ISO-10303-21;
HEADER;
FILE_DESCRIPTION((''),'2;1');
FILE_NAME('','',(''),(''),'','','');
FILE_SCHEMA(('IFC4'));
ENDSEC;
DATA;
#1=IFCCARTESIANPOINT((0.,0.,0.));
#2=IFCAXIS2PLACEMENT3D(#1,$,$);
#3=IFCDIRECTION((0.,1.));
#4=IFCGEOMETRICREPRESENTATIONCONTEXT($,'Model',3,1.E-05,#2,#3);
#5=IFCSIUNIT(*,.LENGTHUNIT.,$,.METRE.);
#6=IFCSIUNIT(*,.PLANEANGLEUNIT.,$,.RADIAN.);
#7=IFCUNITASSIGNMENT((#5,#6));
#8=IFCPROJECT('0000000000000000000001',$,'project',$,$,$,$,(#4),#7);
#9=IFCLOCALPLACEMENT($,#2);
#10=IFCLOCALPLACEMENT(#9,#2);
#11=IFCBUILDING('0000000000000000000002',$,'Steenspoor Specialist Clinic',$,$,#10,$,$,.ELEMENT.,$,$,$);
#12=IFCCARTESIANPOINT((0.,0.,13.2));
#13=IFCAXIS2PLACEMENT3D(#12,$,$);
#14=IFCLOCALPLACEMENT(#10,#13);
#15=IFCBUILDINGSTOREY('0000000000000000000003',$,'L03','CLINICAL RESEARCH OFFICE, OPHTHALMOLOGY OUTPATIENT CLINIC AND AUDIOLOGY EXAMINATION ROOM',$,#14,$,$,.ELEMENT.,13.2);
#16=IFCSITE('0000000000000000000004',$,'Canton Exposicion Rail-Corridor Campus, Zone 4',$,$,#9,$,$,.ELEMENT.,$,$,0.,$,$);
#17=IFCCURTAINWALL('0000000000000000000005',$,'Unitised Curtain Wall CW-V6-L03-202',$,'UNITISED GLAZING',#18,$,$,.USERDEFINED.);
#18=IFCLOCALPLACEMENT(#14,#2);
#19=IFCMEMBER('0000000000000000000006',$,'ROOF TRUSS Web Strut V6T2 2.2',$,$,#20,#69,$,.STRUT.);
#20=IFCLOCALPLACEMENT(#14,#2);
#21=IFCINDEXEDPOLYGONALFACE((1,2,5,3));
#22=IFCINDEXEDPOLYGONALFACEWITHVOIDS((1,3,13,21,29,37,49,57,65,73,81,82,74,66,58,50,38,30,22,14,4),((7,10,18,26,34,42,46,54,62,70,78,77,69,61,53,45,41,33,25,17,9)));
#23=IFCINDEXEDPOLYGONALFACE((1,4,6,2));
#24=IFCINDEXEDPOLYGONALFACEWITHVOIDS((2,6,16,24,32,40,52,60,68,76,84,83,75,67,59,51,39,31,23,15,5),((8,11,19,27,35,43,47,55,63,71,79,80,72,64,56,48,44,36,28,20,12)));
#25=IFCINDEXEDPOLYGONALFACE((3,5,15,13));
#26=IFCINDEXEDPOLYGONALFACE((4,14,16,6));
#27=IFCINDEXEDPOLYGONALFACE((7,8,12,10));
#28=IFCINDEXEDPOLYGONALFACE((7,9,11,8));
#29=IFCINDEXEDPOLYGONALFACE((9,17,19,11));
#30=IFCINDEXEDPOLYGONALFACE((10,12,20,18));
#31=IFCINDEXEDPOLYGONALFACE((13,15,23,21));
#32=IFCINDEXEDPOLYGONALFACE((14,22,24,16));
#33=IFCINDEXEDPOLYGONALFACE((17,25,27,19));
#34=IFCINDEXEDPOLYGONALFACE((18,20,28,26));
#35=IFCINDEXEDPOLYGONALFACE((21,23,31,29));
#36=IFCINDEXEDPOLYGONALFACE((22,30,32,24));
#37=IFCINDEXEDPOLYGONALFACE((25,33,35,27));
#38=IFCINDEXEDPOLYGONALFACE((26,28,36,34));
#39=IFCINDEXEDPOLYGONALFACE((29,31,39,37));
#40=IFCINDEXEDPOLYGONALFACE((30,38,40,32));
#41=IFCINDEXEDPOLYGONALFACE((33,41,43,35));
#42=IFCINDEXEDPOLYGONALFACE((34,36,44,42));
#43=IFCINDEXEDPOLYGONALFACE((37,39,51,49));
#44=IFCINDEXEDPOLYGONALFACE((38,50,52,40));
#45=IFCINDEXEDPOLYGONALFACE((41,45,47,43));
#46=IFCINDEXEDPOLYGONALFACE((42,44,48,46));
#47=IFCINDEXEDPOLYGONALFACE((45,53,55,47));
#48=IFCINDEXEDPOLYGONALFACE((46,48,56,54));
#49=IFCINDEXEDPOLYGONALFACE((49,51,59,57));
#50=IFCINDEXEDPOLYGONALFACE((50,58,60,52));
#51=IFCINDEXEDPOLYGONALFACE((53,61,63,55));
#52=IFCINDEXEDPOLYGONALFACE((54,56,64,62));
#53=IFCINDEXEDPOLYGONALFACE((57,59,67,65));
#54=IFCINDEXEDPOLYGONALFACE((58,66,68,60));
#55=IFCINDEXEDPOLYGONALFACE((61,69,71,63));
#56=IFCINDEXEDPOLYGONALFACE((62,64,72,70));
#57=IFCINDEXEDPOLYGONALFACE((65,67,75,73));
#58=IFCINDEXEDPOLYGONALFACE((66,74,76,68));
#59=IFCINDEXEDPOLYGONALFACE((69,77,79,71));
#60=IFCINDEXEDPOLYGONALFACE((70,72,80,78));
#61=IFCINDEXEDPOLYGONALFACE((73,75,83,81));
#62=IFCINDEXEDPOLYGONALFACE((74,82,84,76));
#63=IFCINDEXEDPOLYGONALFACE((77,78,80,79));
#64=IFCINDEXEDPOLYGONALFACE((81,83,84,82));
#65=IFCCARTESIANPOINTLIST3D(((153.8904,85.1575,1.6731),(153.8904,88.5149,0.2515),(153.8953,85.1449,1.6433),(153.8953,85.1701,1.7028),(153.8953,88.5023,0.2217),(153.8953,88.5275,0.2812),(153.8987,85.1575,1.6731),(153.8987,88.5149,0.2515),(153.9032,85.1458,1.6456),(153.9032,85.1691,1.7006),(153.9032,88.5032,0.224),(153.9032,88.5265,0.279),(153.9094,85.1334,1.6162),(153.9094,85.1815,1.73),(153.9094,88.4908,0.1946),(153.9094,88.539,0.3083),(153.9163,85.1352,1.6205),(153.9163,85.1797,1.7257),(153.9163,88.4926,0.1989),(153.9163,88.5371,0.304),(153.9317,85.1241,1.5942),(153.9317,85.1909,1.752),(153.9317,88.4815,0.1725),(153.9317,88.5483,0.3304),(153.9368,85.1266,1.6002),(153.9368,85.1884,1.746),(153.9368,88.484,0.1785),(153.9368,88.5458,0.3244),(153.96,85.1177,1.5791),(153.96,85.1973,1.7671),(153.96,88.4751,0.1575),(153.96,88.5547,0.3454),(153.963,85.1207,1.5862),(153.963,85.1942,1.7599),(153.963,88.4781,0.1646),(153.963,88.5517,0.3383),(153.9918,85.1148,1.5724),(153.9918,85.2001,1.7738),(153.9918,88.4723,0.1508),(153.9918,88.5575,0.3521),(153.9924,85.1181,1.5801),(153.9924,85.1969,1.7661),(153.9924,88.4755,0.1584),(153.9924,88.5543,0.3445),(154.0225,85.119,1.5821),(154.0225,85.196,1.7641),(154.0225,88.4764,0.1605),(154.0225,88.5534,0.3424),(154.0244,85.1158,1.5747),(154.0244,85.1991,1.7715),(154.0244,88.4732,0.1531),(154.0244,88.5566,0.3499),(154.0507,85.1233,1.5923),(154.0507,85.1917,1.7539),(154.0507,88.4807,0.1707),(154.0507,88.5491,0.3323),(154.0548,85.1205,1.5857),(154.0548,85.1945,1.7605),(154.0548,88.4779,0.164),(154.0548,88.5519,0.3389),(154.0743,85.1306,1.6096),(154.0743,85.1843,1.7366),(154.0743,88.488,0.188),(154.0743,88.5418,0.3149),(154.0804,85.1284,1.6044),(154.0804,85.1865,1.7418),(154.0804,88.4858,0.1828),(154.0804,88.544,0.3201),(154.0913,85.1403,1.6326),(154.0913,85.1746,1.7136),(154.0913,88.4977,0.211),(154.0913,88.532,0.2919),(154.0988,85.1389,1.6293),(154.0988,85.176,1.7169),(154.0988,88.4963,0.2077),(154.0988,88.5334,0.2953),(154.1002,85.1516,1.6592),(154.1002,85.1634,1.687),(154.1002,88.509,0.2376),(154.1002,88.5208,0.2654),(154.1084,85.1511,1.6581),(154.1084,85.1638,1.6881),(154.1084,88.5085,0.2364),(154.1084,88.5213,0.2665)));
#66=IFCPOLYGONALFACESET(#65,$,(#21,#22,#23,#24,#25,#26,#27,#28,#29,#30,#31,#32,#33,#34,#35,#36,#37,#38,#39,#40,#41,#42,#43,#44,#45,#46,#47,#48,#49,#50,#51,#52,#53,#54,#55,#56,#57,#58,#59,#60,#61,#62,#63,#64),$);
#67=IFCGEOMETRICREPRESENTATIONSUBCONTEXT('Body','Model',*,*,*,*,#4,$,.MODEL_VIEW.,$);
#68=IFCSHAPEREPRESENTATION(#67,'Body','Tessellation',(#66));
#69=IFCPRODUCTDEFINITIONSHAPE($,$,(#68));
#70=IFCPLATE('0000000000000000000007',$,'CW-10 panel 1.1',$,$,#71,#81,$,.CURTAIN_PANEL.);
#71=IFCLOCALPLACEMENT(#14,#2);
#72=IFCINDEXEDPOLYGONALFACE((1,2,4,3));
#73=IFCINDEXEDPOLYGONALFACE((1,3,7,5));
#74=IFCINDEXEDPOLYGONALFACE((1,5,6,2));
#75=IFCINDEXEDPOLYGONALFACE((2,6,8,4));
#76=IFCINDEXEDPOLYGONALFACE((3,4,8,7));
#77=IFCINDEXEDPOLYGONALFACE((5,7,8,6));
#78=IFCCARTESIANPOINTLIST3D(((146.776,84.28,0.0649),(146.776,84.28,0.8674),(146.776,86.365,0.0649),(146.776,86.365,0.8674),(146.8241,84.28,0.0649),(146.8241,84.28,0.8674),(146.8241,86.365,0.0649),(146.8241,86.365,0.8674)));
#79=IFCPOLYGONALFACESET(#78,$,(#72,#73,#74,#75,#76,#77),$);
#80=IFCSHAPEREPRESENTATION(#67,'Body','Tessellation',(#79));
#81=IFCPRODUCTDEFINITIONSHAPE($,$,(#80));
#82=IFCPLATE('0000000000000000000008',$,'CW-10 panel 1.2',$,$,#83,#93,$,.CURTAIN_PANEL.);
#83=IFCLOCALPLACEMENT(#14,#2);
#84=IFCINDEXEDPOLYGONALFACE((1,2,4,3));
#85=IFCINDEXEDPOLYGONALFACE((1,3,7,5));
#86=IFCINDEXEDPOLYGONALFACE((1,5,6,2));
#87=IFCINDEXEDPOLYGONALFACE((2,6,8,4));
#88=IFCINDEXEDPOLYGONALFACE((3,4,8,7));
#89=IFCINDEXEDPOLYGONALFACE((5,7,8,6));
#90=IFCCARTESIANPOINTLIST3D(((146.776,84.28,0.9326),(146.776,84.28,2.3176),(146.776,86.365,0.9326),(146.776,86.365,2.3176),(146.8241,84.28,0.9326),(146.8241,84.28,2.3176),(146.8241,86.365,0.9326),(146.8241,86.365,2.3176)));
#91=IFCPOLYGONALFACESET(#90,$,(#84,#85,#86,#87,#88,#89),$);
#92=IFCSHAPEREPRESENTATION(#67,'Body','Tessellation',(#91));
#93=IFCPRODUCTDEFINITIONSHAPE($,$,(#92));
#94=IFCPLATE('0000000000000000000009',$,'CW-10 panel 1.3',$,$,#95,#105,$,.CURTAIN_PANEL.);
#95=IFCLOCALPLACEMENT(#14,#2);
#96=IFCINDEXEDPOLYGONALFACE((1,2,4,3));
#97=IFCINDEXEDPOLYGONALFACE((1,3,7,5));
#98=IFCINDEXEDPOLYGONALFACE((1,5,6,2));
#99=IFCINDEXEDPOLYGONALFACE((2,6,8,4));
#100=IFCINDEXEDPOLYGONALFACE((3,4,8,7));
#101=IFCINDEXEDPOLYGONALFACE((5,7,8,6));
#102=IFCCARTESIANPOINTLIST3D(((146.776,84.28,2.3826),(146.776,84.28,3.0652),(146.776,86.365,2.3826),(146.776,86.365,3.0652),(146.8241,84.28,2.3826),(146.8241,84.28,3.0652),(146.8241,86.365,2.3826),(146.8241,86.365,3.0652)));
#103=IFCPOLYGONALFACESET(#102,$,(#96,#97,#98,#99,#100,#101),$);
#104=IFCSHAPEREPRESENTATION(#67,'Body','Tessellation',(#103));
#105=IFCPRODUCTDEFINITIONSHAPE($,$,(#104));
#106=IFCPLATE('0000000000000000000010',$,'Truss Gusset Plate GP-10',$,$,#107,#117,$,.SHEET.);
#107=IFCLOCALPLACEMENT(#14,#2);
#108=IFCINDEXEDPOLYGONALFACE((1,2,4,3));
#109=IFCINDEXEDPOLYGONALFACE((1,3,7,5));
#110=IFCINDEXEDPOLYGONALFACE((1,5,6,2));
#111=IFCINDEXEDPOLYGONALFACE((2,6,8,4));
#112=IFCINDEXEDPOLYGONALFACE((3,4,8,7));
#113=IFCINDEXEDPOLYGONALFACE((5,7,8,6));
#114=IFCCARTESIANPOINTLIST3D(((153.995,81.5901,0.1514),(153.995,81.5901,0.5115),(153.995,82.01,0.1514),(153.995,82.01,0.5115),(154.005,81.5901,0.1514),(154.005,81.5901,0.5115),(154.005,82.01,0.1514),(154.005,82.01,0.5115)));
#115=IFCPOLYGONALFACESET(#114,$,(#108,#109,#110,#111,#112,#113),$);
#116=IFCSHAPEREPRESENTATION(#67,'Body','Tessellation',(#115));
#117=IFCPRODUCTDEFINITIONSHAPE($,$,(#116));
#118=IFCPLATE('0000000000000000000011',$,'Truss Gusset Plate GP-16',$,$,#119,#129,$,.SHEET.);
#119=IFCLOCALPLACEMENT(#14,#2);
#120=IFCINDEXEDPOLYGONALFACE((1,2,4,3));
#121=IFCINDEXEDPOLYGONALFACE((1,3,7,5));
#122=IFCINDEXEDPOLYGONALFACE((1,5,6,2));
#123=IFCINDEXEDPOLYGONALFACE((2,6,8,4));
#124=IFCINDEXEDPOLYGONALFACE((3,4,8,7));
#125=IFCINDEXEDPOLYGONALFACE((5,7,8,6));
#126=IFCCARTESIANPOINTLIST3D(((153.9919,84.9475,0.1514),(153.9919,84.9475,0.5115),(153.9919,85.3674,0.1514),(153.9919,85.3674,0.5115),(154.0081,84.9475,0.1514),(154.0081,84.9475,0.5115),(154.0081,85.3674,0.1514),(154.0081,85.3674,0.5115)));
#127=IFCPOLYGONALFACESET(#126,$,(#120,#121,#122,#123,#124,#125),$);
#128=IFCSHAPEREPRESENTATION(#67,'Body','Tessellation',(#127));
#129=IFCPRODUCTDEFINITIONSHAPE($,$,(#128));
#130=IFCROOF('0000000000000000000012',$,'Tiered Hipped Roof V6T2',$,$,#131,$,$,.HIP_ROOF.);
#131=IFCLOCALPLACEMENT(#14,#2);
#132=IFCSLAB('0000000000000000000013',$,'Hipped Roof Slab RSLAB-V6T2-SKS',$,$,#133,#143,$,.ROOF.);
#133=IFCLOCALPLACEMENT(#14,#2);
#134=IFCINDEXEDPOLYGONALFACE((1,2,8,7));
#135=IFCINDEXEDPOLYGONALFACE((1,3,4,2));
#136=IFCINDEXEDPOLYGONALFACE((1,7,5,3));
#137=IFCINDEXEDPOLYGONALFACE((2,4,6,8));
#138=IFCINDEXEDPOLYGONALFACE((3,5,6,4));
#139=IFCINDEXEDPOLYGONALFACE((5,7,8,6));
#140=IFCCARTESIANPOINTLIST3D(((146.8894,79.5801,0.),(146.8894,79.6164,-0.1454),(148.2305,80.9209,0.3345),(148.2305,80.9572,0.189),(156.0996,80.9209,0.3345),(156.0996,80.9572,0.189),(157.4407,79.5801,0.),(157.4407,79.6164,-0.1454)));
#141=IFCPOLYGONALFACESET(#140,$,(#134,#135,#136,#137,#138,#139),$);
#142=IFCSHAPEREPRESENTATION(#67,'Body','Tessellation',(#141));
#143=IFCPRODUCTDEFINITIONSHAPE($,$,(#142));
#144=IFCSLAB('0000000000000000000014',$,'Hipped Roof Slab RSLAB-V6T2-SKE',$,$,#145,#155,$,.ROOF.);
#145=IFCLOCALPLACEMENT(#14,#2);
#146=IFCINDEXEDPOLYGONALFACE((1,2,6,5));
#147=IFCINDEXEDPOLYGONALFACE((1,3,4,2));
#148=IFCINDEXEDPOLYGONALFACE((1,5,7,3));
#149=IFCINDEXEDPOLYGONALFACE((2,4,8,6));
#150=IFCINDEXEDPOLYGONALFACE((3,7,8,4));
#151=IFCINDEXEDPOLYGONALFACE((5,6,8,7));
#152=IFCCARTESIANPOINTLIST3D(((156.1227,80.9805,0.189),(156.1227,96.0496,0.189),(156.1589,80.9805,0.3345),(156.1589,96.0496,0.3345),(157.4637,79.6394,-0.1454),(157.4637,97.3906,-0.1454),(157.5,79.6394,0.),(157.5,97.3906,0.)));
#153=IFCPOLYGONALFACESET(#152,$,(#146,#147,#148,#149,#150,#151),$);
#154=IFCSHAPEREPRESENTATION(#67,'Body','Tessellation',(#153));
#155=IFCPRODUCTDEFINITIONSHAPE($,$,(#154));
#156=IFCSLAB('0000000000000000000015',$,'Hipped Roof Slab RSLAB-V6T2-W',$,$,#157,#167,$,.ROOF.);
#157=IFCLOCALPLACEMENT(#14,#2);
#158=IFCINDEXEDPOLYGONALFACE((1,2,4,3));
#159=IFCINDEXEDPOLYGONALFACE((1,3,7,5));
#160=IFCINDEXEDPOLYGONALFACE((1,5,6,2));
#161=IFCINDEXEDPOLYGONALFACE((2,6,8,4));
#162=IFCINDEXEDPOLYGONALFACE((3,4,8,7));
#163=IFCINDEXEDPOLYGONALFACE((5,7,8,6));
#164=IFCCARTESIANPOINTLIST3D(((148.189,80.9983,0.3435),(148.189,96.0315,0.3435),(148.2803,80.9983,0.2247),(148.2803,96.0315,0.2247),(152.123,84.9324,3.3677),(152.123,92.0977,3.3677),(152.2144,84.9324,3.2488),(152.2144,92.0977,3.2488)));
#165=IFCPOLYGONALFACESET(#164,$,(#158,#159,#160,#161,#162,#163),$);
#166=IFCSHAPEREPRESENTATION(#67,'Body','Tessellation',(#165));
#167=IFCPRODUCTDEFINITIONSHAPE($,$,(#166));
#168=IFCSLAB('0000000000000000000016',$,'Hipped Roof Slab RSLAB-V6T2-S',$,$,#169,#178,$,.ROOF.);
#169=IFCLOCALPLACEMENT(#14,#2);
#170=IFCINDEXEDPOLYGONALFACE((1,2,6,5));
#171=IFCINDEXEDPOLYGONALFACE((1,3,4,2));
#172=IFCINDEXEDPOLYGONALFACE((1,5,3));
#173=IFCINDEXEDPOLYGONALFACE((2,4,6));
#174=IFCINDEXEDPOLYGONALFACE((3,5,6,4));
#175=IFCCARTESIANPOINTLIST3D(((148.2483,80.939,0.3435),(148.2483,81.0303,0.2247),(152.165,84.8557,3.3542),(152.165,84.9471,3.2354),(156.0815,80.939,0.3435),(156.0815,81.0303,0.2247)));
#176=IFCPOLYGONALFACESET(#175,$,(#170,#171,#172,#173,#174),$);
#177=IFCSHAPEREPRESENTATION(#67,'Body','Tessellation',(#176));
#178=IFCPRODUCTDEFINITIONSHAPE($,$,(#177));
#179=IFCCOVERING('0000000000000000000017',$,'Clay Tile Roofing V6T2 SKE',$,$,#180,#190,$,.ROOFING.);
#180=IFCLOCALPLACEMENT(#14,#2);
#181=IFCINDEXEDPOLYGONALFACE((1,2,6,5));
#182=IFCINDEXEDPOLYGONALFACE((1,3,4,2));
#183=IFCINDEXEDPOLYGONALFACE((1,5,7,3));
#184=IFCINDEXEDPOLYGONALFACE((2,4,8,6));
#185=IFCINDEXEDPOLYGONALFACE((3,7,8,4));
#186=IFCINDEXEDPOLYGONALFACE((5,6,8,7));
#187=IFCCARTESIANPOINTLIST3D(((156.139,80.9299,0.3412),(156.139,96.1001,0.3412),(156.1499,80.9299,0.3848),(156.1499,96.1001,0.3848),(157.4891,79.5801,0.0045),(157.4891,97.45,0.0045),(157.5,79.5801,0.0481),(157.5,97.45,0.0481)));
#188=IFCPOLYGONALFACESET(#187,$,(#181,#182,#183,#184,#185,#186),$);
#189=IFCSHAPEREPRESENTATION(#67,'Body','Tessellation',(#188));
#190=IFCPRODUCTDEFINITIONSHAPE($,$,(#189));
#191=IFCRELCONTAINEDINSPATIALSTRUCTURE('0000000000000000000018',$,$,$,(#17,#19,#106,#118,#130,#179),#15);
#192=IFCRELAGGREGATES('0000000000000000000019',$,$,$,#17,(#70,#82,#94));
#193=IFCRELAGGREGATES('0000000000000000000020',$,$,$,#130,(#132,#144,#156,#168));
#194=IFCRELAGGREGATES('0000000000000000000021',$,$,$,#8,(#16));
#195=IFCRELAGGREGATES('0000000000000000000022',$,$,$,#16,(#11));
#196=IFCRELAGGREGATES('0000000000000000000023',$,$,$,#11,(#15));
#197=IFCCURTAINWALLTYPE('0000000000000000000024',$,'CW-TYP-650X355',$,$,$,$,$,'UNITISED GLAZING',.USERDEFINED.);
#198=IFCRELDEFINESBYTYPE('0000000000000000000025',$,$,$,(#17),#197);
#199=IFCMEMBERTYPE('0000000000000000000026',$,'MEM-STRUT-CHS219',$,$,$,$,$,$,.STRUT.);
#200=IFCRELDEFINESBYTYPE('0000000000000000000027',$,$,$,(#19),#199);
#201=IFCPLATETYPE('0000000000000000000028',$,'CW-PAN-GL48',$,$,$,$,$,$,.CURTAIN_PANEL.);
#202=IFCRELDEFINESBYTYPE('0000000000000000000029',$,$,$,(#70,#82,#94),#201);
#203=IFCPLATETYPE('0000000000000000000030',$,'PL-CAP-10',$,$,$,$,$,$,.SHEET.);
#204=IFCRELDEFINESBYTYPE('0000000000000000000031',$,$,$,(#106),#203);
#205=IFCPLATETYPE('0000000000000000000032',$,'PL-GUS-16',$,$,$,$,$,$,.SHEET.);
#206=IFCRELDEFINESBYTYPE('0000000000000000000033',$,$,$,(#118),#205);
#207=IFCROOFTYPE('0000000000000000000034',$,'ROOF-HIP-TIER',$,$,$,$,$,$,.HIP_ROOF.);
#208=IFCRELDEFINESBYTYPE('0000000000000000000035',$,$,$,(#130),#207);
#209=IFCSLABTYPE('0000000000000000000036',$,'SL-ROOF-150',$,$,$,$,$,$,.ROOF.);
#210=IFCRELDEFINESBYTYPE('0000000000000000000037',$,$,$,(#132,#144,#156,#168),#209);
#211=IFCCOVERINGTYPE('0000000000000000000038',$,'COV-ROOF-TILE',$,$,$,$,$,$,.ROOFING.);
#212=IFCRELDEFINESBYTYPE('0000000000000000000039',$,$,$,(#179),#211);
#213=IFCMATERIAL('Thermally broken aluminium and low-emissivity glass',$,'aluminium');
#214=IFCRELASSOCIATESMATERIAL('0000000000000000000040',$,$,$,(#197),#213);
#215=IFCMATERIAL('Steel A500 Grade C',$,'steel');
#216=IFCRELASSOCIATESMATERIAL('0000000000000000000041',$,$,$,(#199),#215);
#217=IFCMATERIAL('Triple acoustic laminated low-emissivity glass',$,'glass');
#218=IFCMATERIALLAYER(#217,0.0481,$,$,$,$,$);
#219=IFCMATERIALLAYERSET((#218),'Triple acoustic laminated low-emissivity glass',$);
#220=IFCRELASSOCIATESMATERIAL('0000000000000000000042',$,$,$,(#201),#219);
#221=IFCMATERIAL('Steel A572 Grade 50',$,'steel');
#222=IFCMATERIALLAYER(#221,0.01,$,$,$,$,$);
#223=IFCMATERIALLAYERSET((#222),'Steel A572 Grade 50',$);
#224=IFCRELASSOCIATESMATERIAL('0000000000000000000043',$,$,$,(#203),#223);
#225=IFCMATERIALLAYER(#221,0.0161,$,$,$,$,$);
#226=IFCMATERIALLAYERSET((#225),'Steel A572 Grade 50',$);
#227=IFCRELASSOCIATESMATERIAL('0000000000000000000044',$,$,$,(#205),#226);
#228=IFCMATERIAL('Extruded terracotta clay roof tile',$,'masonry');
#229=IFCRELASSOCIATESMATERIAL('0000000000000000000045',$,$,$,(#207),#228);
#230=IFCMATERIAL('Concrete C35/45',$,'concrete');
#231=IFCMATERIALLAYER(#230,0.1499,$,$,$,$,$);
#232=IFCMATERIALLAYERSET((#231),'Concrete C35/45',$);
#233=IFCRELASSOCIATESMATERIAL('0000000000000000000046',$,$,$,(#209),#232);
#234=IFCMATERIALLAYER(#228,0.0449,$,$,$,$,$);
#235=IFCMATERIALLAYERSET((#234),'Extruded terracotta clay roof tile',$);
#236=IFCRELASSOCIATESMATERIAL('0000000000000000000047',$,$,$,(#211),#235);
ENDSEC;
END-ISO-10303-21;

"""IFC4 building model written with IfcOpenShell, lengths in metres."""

from ifc_helpers import new_model, si_unit, direction, frame, origin, origin_2d, place, context, subcontext, project, spatial, polyline, rectangle, hollow_circle, outline, extrude, material, layer, layer_set, material_profile, profile_set, type_object, element, aggregate, save


model = new_model("IFC4")

# Units and contexts
model_context = context("Model", 3, precision=1e-05, world=origin(), true_north=direction((0.0, 1.0)))
body_context = subcontext(model_context, "Body", "Model", "MODEL_VIEW")
ifc_project = project(units=[si_unit("LENGTHUNIT", "METRE"), si_unit("PLANEANGLEUNIT", "RADIAN")], contexts=[model_context])

# Site, building, storey
site_placement = place(None, origin())
site = spatial("IfcSite", under=ifc_project, at=site_placement, Name="Canton Exposicion Rail-Corridor Campus, Zone 4", CompositionType="ELEMENT", RefElevation=0.0)
building_placement = place(site_placement, origin())
building = spatial("IfcBuilding", under=site, at=building_placement, Name="Steenspoor Specialist Clinic", CompositionType="ELEMENT")
storey_placement = place(building_placement, frame((0.0, 0.0, 13.2)))
storey = spatial("IfcBuildingStorey", under=building, at=storey_placement, Name="L03", Description="CLINICAL RESEARCH OFFICE, OPHTHALMOLOGY OUTPATIENT CLINIC AND AUDIOLOGY EXAMINATION ROOM", CompositionType="ELEMENT", Elevation=13.2)

# Shared definitions
ifc_material_1 = material(Name="Concrete C35/45", Category="concrete")

# Curtain wall
ifc_material_2 = material(Name="Thermally broken aluminium and low-emissivity glass", Category="aluminium")
curtain_wall_type = type_object("IfcCurtainWallType", Name="CW-TYP-650X355", ElementType="UNITISED GLAZING", PredefinedType="USERDEFINED", material=ifc_material_2)
curtain_wall_placement = place(storey_placement, origin())
curtain_wall = element("IfcCurtainWall", 1, at=curtain_wall_placement, inside=storey, type_object=curtain_wall_type, Name="Unitised Curtain Wall CW-V6-L03-202", ObjectType="UNITISED GLAZING", PredefinedType="USERDEFINED")

# Member
ifc_material_3 = material(Name="Steel A500 Grade C", Category="steel")
ifc_material_profile_1 = material_profile(ifc_material_3, hollow_circle(Radius=0.1096, WallThickness=0.0083, at=origin_2d()), Name="CHS219X8.2")
ifc_profile_set_1 = profile_set([ifc_material_profile_1], Name="Steel A500 Grade C")
member_type_1 = type_object("IfcMemberType", Name="MEM-STRUT-CHS219", PredefinedType="STRUT", material=ifc_profile_set_1)
member_1_placement = place(storey_placement, frame((154.0, 85.1575, 1.6731), z_axis=(0.0, 0.920851, -0.389915), x_axis=(-1.0, 0.0, 0.0)))
element("IfcMember", 2, at=member_1_placement, inside=storey, type_object=member_type_1, Name="ROOF TRUSS Web Strut V6T2 2.2", PredefinedType="STRUT", context=body_context, shape_type="SweptSolid", body=[
    extrude(hollow_circle(Radius=0.1096, WallThickness=0.0083, at=origin_2d()), origin(), (0.0, 0.0, 1.0), 3.646),
])

# Plates
ifc_material_4 = material(Name="Triple acoustic laminated low-emissivity glass", Category="glass")
ifc_layer_1 = layer(ifc_material_4, 0.0481)
ifc_layer_set_1 = layer_set([ifc_layer_1], Name="Triple acoustic laminated low-emissivity glass")
plate_type_1 = type_object("IfcPlateType", Name="CW-PAN-GL48", PredefinedType="CURTAIN_PANEL", material=ifc_layer_set_1)
plate_1_placement = place(storey_placement, frame((146.8, 85.3225, 0.0649), z_axis=(0.0, 0.0, 1.0), x_axis=(0.0, -1.0, 0.0)))
plate_1 = element("IfcPlate", 3, at=plate_1_placement, type_object=plate_type_1, Name="CW-10 panel 1.1", PredefinedType="CURTAIN_PANEL", context=body_context, shape_type="SweptSolid", body=[
    extrude(rectangle(XDim=2.085, YDim=0.0481, at=origin_2d()), origin(), (0.0, 0.0, 1.0), 0.8025),
])
plate_2_placement = place(storey_placement, frame((146.8, 85.3225, 0.9326), z_axis=(0.0, 0.0, 1.0), x_axis=(0.0, -1.0, 0.0)))
plate_2 = element("IfcPlate", 4, at=plate_2_placement, type_object=plate_type_1, Name="CW-10 panel 1.2", PredefinedType="CURTAIN_PANEL", context=body_context, shape_type="SweptSolid", body=[
    extrude(rectangle(XDim=2.085, YDim=0.0481, at=origin_2d()), origin(), (0.0, 0.0, 1.0), 1.385),
])
plate_3_placement = place(storey_placement, frame((146.8, 85.3225, 2.3826), z_axis=(0.0, 0.0, 1.0), x_axis=(0.0, -1.0, 0.0)))
plate_3 = element("IfcPlate", 5, at=plate_3_placement, type_object=plate_type_1, Name="CW-10 panel 1.3", PredefinedType="CURTAIN_PANEL", context=body_context, shape_type="SweptSolid", body=[
    extrude(rectangle(XDim=2.085, YDim=0.0481, at=origin_2d()), origin(), (0.0, 0.0, 1.0), 0.6826),
])
aggregate(curtain_wall, [plate_1, plate_2, plate_3])

# Plates
ifc_material_5 = material(Name="Steel A572 Grade 50", Category="steel")
ifc_layer_2 = layer(ifc_material_5, 0.01)
ifc_layer_set_2 = layer_set([ifc_layer_2], Name="Steel A572 Grade 50")
plate_type_2 = type_object("IfcPlateType", Name="PL-CAP-10", PredefinedType="SHEET", material=ifc_layer_set_2)
plate_4_placement = place(storey_placement, frame((154.0, 81.8, 0.1514), z_axis=(0.0, 0.0, 1.0), x_axis=(1.0, 0.0, 0.0)))
element("IfcPlate", 6, at=plate_4_placement, inside=storey, type_object=plate_type_2, Name="Truss Gusset Plate GP-10", PredefinedType="SHEET", context=body_context, shape_type="SweptSolid", body=[
    extrude(rectangle(XDim=0.01, YDim=0.4199, at=origin_2d()), origin(), (0.0, 0.0, 1.0), 0.3601),
])
ifc_layer_3 = layer(ifc_material_5, 0.0161)
ifc_layer_set_3 = layer_set([ifc_layer_3], Name="Steel A572 Grade 50")
plate_type_3 = type_object("IfcPlateType", Name="PL-GUS-16", PredefinedType="SHEET", material=ifc_layer_set_3)
plate_5_placement = place(storey_placement, frame((154.0, 85.1575, 0.1514), z_axis=(0.0, 0.0, 1.0), x_axis=(1.0, 0.0, 0.0)))
element("IfcPlate", 7, at=plate_5_placement, inside=storey, type_object=plate_type_3, Name="Truss Gusset Plate GP-16", PredefinedType="SHEET", context=body_context, shape_type="SweptSolid", body=[
    extrude(rectangle(XDim=0.0161, YDim=0.4199, at=origin_2d()), origin(), (0.0, 0.0, 1.0), 0.3601),
])

# Roof, slabs
ifc_material_6 = material(Name="Extruded terracotta clay roof tile", Category="masonry")
roof_type = type_object("IfcRoofType", Name="ROOF-HIP-TIER", PredefinedType="HIP_ROOF", material=ifc_material_6)
roof_placement = place(storey_placement, origin())
roof = element("IfcRoof", 8, at=roof_placement, inside=storey, type_object=roof_type, Name="Tiered Hipped Roof V6T2", PredefinedType="HIP_ROOF")
ifc_layer_4 = layer(ifc_material_1, 0.1499)
ifc_layer_set_4 = layer_set([ifc_layer_4], Name="Concrete C35/45")
slab_type = type_object("IfcSlabType", Name="SL-ROOF-150", PredefinedType="ROOF", material=ifc_layer_set_4)
slab_1_placement = place(storey_placement, frame((148.2305, 80.9209, 0.3345), z_axis=(0.0, -0.242037, 0.970267), x_axis=(-0.696422, -0.696295, -0.173693)))
slab_1 = element("IfcSlab", 9, at=slab_1_placement, type_object=slab_type, Name="Hipped Roof Slab RSLAB-V6T2-SKS", PredefinedType="ROOF", context=body_context, shape_type="SweptSolid", body=[
    extrude(outline(polyline([(0.0, 0.0), (1.9256, 0.0), (-5.4225, 7.5719), (-5.4802, 5.6472), (0.0, 0.0)])), origin(), (0.0, 0.0, -1.0), 0.1499),
])
slab_2_placement = place(storey_placement, frame((156.1589, 80.9805, 0.3345), z_axis=(0.241995, 0.0, 0.970277), x_axis=(0.696361, -0.696361, -0.173678)))
slab_2 = element("IfcSlab", 10, at=slab_2_placement, type_object=slab_type, Name="Hipped Roof Slab RSLAB-V6T2-SKE", PredefinedType="ROOF", context=body_context, shape_type="SweptSolid", body=[
    extrude(outline(polyline([(0.0, 0.0), (1.9258, 0.0), (-10.4354, 12.7399), (-10.4935, 10.815), (0.0, 0.0)])), origin(), (0.0, 0.0, -1.0), 0.1499),
])
slab_3_placement = place(storey_placement, frame((148.189, 80.9983, 0.3435), z_axis=(-0.609452, 0.0, 0.792823), x_axis=(0.62126, 0.62126, 0.477569)))
slab_3 = element("IfcSlab", 11, at=slab_3_placement, type_object=slab_type, Name="Hipped Roof Slab RSLAB-V6T2-W", PredefinedType="ROOF", context=body_context, shape_type="SweptSolid", body=[
    extrude(outline(polyline([(0.0, 0.0), (6.3324, 0.0), (10.7839, 5.6147), (9.3395, 11.7801), (0.0, 0.0)])), origin(), (0.0, 0.0, -1.0), 0.1499),
])
slab_4_placement = place(storey_placement, frame((152.165, 84.8557, 3.3542), z_axis=(0.0, -0.609438, 0.792833), x_axis=(-0.621265, -0.621265, -0.477556)))
slab_4 = element("IfcSlab", 12, at=slab_4_placement, type_object=slab_type, Name="Hipped Roof Slab RSLAB-V6T2-S", PredefinedType="ROOF", context=body_context, shape_type="SweptSolid", body=[
    extrude(outline(polyline([(0.0, 0.0), (6.3045, 0.0), (1.438, 6.1381), (0.0, 0.0)])), origin(), (0.0, 0.0, -1.0), 0.1499),
])
aggregate(roof, [slab_1, slab_2, slab_3, slab_4])

# Covering
ifc_layer_5 = layer(ifc_material_6, 0.0449)
ifc_layer_set_5 = layer_set([ifc_layer_5], Name="Extruded terracotta clay roof tile")
covering_type = type_object("IfcCoveringType", Name="COV-ROOF-TILE", PredefinedType="ROOFING", material=ifc_layer_set_5)
covering_1_placement = place(storey_placement, frame((157.5, 79.5801, 0.0481), z_axis=(0.241958, 0.0, 0.970287), x_axis=(0.0, 1.0, 0.0)))
element("IfcCovering", 13, at=covering_1_placement, inside=storey, type_object=covering_type, Name="Clay Tile Roofing V6T2 SKE", PredefinedType="ROOFING", context=body_context, shape_type="SweptSolid", body=[
    extrude(outline(polyline([(0.0, 0.0), (17.8699, 0.0), (16.52, 1.3914), (1.3499, 1.3914), (0.0, 0.0)])), origin(), (0.0, 0.0, -1.0), 0.0449),
])

save(model, "model.ifc")
